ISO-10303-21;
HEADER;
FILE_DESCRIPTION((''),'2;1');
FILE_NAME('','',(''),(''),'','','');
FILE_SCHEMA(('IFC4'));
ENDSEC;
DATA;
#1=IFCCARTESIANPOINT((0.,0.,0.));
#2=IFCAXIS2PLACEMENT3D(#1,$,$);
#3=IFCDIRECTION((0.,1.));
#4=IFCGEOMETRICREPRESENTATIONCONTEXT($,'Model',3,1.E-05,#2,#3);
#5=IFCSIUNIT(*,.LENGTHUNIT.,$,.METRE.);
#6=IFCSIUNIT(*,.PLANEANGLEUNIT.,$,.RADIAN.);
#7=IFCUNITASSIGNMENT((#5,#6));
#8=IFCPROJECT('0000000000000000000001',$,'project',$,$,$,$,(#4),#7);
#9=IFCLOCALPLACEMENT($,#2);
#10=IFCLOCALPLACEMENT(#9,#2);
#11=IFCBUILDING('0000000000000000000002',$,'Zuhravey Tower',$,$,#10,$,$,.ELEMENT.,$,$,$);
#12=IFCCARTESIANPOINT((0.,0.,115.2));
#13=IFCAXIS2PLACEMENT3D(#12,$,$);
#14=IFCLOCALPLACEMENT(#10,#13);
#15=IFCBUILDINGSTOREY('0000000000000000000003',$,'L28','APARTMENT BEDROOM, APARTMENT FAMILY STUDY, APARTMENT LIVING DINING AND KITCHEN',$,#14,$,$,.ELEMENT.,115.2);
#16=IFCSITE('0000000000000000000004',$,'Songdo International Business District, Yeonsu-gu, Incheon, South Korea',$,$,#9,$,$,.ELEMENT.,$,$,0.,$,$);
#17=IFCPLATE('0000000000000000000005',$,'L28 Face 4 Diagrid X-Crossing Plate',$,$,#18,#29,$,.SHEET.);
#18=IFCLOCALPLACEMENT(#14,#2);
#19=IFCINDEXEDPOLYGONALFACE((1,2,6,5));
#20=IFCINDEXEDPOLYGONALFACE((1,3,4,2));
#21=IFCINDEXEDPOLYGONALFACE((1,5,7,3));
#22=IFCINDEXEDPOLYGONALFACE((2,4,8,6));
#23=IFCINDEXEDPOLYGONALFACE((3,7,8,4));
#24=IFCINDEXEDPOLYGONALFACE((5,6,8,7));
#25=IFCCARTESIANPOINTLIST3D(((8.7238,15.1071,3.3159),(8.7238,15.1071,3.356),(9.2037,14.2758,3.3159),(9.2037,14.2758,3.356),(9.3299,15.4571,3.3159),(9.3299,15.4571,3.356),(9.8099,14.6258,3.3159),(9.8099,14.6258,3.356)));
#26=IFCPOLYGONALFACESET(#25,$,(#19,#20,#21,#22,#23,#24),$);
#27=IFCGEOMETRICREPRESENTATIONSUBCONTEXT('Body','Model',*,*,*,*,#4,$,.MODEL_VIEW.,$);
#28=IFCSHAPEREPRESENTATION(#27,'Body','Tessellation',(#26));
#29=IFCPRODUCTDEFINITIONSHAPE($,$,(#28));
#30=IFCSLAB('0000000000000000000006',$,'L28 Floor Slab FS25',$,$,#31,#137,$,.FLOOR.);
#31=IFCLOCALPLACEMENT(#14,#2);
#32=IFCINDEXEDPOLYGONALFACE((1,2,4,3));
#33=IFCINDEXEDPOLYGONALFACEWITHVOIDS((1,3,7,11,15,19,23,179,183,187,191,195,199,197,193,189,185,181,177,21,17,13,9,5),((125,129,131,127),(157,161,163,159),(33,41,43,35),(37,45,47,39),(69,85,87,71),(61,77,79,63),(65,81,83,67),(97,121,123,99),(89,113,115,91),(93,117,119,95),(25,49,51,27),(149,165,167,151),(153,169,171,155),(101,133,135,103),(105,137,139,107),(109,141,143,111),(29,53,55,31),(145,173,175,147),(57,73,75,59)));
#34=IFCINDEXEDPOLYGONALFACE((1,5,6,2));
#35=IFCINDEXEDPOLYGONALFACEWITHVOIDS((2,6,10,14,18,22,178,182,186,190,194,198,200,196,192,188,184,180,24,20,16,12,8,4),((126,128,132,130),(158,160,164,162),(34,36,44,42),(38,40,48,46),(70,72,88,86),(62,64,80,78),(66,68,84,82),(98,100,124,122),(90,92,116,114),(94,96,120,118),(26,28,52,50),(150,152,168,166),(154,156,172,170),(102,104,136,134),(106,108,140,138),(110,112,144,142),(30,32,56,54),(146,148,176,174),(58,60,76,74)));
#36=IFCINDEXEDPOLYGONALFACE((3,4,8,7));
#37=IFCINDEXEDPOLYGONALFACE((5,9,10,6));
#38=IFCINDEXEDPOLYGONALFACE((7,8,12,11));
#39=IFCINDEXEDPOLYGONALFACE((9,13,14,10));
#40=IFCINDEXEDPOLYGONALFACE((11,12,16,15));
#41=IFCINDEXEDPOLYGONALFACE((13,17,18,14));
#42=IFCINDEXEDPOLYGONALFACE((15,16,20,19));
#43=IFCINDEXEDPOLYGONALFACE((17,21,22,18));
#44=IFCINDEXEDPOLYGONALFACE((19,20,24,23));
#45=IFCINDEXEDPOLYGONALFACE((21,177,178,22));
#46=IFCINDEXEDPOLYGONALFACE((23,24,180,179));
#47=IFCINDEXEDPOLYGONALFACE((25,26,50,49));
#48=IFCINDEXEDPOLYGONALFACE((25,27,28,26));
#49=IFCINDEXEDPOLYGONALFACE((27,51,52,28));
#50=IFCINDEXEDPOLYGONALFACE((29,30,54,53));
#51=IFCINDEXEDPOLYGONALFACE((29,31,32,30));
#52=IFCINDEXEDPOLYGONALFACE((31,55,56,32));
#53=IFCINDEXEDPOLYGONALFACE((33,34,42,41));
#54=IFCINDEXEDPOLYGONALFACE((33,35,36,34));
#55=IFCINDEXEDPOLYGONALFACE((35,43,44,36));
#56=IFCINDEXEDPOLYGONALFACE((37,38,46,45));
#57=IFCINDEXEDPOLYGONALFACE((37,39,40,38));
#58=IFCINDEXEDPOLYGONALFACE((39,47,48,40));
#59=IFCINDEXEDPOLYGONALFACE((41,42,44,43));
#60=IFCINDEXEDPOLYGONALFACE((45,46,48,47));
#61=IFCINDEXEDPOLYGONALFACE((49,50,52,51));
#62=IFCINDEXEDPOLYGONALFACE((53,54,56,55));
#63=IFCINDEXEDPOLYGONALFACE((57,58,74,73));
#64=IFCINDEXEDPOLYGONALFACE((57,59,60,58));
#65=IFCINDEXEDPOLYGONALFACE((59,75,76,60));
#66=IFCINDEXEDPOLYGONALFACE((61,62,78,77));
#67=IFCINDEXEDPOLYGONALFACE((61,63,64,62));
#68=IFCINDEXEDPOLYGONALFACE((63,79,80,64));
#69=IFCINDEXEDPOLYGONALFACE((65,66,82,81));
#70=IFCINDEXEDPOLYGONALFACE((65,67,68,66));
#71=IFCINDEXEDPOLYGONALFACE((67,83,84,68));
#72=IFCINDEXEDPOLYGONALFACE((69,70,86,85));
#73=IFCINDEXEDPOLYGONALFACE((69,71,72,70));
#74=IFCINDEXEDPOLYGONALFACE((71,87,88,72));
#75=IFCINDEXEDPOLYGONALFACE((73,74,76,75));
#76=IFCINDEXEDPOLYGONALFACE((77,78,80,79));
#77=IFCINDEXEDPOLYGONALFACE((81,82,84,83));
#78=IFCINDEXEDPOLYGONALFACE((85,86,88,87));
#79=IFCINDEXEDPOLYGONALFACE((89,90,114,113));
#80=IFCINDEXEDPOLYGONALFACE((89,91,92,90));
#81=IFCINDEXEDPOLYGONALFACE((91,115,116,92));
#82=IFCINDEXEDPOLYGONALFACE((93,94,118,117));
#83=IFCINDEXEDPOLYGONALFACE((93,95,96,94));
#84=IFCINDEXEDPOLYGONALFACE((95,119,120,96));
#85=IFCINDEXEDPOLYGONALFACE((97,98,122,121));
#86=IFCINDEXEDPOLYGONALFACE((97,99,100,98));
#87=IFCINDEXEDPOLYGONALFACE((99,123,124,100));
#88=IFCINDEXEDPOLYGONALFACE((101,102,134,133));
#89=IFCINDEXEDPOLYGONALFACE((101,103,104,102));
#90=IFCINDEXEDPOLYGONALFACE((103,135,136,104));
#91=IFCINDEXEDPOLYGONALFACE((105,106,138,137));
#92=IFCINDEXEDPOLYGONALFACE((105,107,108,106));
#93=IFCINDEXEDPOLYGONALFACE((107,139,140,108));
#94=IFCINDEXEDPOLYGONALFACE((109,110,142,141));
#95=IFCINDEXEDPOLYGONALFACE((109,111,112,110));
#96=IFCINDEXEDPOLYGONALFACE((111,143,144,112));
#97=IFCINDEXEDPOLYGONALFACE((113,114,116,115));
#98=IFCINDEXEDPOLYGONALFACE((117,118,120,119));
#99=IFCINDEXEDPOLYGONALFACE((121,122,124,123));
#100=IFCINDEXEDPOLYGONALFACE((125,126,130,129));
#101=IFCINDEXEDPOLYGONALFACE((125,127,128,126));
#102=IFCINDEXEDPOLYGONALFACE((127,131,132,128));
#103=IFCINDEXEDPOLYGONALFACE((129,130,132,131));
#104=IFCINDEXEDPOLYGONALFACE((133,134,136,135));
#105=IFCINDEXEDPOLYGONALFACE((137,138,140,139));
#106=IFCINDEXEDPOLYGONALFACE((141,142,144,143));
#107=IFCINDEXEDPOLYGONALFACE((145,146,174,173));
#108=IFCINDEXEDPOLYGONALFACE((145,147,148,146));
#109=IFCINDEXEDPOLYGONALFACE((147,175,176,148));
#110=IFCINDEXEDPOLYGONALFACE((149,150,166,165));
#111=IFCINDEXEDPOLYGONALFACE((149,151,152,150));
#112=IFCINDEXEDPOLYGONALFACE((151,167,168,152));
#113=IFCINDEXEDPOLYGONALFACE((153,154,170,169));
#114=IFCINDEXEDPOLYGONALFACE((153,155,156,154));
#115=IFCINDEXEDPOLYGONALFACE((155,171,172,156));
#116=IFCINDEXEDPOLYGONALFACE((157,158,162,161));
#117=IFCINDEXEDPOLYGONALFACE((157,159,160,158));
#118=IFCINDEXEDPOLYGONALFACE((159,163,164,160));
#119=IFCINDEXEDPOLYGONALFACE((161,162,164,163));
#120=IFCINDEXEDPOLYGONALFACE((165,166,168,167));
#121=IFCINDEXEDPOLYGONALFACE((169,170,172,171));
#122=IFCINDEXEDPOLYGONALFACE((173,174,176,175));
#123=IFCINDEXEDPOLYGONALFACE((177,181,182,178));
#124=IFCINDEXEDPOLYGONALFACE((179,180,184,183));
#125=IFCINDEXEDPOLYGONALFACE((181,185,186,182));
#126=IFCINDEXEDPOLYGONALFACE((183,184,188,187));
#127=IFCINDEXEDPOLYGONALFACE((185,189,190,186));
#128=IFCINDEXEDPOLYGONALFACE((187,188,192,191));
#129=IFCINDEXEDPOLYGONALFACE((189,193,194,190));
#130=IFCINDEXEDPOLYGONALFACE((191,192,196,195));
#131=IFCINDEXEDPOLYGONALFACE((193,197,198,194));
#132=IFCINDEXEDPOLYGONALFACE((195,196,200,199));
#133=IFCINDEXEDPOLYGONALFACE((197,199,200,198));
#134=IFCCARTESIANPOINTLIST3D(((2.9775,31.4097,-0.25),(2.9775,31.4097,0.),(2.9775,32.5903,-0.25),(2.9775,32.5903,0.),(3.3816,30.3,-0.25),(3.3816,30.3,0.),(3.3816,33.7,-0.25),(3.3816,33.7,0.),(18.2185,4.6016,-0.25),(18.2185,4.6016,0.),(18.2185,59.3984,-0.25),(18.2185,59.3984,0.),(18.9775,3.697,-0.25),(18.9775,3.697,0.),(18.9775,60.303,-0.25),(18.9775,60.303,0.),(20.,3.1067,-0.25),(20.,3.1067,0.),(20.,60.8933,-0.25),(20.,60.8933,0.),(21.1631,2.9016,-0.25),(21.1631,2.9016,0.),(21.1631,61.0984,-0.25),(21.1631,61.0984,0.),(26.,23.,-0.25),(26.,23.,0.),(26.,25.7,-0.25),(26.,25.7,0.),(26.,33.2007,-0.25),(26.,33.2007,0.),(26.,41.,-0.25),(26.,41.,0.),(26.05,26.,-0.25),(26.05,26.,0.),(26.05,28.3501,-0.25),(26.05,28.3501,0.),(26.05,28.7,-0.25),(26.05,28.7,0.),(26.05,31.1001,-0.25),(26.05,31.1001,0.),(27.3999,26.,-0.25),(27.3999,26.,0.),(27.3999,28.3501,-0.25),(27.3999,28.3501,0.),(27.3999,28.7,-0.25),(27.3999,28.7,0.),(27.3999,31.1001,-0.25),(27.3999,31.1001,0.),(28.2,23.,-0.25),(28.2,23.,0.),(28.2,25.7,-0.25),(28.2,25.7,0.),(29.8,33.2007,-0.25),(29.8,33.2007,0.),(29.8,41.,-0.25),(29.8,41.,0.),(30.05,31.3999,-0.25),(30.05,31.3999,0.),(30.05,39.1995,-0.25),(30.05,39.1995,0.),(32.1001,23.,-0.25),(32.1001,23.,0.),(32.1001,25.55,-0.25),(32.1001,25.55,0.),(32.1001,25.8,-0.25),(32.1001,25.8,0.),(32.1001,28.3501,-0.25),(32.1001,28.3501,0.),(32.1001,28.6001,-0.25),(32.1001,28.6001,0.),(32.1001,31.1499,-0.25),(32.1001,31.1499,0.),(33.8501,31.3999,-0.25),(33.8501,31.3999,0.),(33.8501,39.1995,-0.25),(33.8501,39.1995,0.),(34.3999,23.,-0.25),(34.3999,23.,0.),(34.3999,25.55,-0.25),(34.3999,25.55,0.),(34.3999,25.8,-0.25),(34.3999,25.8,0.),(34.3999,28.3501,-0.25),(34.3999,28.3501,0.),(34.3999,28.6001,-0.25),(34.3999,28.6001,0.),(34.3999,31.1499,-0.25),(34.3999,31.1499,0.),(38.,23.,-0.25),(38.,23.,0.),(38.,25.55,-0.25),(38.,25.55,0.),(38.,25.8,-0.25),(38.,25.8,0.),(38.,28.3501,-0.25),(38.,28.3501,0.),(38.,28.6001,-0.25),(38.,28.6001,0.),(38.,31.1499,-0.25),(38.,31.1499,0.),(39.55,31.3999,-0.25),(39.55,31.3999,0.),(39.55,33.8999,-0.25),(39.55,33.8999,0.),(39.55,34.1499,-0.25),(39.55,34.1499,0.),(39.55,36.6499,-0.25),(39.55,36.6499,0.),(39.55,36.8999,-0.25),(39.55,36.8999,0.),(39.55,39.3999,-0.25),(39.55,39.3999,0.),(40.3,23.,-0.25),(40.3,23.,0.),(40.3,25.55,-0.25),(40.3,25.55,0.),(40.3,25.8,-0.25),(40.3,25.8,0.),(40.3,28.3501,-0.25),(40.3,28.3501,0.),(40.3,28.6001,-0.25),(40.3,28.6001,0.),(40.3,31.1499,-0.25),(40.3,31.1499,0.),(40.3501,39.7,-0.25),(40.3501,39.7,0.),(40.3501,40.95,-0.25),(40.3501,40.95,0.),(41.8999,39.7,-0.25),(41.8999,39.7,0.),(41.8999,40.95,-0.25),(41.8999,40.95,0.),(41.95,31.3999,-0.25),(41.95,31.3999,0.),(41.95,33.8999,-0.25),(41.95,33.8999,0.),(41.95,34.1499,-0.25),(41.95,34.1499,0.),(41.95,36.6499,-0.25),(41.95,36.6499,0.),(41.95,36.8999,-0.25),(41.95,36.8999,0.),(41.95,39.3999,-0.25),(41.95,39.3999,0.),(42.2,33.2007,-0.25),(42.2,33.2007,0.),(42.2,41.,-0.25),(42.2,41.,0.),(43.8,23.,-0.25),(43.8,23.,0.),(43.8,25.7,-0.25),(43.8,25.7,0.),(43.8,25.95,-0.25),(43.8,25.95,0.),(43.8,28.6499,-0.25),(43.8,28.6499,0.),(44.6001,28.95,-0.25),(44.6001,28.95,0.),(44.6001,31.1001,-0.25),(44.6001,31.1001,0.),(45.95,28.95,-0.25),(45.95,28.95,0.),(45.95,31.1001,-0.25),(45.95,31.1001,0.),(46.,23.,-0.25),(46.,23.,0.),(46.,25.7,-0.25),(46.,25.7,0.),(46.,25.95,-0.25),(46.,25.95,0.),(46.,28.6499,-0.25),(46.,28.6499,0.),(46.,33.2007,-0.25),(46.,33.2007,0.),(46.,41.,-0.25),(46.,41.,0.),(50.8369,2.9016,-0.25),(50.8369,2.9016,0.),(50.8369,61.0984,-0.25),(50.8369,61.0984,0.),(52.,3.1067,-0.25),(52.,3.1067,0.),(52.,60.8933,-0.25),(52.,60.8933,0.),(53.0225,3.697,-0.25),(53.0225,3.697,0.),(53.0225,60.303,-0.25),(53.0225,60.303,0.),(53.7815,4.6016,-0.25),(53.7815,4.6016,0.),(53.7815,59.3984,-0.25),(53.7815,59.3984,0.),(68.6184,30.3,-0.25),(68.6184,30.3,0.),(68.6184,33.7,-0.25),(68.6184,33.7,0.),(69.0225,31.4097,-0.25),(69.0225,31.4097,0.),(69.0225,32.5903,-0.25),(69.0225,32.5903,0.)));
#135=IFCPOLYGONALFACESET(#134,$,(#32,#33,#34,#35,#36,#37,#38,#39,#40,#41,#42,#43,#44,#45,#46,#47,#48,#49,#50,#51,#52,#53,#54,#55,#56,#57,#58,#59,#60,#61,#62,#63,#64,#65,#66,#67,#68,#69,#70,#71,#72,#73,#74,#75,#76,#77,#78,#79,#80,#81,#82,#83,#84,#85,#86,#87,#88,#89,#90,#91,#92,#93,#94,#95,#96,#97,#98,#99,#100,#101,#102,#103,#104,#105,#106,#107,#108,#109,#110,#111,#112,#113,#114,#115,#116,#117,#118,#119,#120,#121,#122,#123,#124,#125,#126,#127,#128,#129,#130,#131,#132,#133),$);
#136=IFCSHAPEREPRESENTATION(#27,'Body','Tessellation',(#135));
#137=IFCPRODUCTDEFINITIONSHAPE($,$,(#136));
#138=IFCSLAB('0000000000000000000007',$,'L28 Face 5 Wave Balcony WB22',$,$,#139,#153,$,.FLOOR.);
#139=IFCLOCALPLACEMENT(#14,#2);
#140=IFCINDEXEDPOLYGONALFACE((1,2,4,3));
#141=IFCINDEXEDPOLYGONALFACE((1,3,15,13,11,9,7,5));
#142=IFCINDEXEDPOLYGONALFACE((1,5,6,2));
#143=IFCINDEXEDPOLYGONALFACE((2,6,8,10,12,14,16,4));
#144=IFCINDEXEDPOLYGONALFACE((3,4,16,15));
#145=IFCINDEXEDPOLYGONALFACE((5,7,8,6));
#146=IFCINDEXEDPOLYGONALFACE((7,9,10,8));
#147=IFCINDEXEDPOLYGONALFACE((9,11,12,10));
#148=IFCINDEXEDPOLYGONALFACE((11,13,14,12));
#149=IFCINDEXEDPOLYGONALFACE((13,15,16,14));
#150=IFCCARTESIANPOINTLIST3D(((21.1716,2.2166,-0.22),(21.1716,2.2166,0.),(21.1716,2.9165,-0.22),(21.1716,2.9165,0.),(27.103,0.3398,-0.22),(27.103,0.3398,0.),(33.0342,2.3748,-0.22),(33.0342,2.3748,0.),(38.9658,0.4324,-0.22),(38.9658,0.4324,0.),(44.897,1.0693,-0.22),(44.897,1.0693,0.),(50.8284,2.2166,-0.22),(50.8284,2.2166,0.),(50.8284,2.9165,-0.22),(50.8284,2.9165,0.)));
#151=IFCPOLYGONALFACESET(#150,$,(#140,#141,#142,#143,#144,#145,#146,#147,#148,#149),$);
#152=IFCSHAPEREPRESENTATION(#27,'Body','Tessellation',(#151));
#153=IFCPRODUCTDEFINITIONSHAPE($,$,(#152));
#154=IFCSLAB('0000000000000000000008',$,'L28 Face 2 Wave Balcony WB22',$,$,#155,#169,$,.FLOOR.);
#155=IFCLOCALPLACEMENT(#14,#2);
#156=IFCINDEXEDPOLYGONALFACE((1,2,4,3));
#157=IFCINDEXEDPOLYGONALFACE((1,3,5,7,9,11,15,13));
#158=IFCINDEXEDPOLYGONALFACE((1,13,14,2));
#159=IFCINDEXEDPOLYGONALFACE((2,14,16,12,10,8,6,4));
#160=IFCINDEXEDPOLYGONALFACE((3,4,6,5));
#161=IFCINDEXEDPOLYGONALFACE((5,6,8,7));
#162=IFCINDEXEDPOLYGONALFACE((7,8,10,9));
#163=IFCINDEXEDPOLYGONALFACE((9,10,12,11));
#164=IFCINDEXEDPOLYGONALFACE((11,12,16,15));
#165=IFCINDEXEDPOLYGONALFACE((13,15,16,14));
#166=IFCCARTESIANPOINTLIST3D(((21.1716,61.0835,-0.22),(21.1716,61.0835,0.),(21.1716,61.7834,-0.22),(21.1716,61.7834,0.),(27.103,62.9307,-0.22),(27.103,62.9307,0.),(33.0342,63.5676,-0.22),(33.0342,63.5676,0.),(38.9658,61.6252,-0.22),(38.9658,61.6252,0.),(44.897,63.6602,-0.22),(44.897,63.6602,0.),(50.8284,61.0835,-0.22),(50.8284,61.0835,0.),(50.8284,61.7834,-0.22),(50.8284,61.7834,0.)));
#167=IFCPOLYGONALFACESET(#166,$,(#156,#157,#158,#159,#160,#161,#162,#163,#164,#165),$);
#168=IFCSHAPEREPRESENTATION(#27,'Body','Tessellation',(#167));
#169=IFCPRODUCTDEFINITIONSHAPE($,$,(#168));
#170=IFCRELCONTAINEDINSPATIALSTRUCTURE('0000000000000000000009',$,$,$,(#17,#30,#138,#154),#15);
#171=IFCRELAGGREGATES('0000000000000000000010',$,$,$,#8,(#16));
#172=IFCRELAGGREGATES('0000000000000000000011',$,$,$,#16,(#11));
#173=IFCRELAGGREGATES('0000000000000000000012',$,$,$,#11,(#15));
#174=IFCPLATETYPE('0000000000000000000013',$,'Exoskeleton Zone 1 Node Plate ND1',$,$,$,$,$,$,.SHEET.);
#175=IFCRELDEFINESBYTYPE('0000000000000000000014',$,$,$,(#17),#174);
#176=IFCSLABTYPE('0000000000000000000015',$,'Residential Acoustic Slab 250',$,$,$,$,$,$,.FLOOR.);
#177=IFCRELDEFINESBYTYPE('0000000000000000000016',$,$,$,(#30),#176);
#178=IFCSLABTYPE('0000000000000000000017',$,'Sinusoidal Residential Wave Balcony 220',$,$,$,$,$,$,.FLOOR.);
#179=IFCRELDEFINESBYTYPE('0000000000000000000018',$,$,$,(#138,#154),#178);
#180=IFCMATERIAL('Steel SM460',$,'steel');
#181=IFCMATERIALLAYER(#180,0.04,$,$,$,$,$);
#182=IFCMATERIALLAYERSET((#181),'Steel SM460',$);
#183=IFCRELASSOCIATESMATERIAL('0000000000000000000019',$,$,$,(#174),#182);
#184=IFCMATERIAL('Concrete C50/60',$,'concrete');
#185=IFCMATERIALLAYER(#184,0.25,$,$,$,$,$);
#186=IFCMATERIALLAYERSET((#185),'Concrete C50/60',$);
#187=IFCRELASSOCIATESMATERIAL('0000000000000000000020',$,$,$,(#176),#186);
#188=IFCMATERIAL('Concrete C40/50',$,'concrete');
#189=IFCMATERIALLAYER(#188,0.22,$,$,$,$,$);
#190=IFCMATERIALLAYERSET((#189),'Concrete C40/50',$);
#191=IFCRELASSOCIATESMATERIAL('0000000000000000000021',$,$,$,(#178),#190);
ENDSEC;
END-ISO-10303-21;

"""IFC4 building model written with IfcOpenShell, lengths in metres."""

from ifc_helpers import new_model, si_unit, direction, frame, origin, origin_2d, place, context, subcontext, project, spatial, polyline, rectangle, outline, extrude, material, layer, layer_set, type_object, element, save


model = new_model("IFC4")

# Units and contexts
model_context = context("Model", 3, precision=1e-05, world=origin(), true_north=direction((0.0, 1.0)))
body_context = subcontext(model_context, "Body", "Model", "MODEL_VIEW")
ifc_project = project(units=[si_unit("LENGTHUNIT", "METRE"), si_unit("PLANEANGLEUNIT", "RADIAN")], contexts=[model_context])

# Site, building, storey
site_placement = place(None, origin())
site = spatial("IfcSite", under=ifc_project, at=site_placement, Name="Songdo International Business District, Yeonsu-gu, Incheon, South Korea", CompositionType="ELEMENT", RefElevation=0.0)
building_placement = place(site_placement, origin())
building = spatial("IfcBuilding", under=site, at=building_placement, Name="Zuhravey Tower", CompositionType="ELEMENT")
storey_placement = place(building_placement, frame((0.0, 0.0, 115.2)))
storey = spatial("IfcBuildingStorey", under=building, at=storey_placement, Name="L28", Description="APARTMENT BEDROOM, APARTMENT FAMILY STUDY, APARTMENT LIVING DINING AND KITCHEN", CompositionType="ELEMENT", Elevation=115.2)

# Shared definitions
ifc_material_1 = material(Name="Steel SM460", Category="steel")

# Plate
ifc_layer_1 = layer(ifc_material_1, 0.04)
ifc_layer_set_1 = layer_set([ifc_layer_1], Name="Steel SM460")
plate_type_1 = type_object("IfcPlateType", Name="Exoskeleton Zone 1 Node Plate ND1", PredefinedType="SHEET", material=ifc_layer_set_1)
for number, where, z_axis, x_axis, name in (
    (1, (9.2668, 14.8665, 3.3159), (0.0, 0.0, 1.0), (0.5, -0.866025, 0.0), "L28 Face 4 Diagrid X-Crossing Plate"),
):
    element("IfcPlate", number, at=place(storey_placement, frame(where, z_axis=z_axis, x_axis=x_axis)), inside=storey, type_object=plate_type_1, Name=name, PredefinedType="SHEET", context=body_context, shape_type="SweptSolid", body=[
        extrude(rectangle(XDim=0.96, YDim=0.7, at=origin_2d()), origin(), (0.0, 0.0, 1.0), 0.04),
    ])

# Slabs
ifc_material_2 = material(Name="Concrete C50/60", Category="concrete")
ifc_layer_2 = layer(ifc_material_2, 0.25)
ifc_layer_set_2 = layer_set([ifc_layer_2], Name="Concrete C50/60")
slab_type_1 = type_object("IfcSlabType", Name="Residential Acoustic Slab 250", PredefinedType="FLOOR", material=ifc_layer_set_2)
slab_1_placement = place(storey_placement, frame((0.0, 0.0, -0.25)))
element("IfcSlab", 2, at=slab_1_placement, inside=storey, type_object=slab_type_1, Name="L28 Floor Slab FS25", PredefinedType="FLOOR", context=body_context, shape_type="SweptSolid", body=[
    extrude(outline(polyline([(68.6184, 30.3), (69.0225, 31.4097), (69.0225, 32.5903), (68.6184, 33.7), (53.7815, 59.3984), (53.0225, 60.303), (52.0, 60.8933), (50.8369, 61.0984), (21.1631, 61.0984), (20.0, 60.8933), (18.9775, 60.303), (18.2185, 59.3984), (3.3816, 33.7), (2.9775, 32.5903), (2.9775, 31.4097), (3.3816, 30.3), (18.2185, 4.6016), (18.9775, 3.697), (20.0, 3.1067), (21.1631, 2.9016), (50.8369, 2.9016), (52.0, 3.1067), (53.0225, 3.697), (53.7815, 4.6016), (68.6184, 30.3)]), holes=[polyline([(29.8, 33.2007), (29.8, 41.0), (26.0, 41.0), (26.0, 33.2007), (29.8, 33.2007)]), polyline([(46.0, 33.2007), (46.0, 41.0), (42.2, 41.0), (42.2, 33.2007), (46.0, 33.2007)]), polyline([(30.05, 39.1995), (30.05, 31.3999), (33.8501, 31.3999), (33.8501, 39.1995), (30.05, 39.1995)]), polyline([(32.1001, 23.0), (34.3999, 23.0), (34.3999, 25.55), (32.1001, 25.55), (32.1001, 23.0)]), polyline([(32.1001, 25.8), (34.3999, 25.8), (34.3999, 28.3501), (32.1001, 28.3501), (32.1001, 25.8)]), polyline([(32.1001, 28.6001), (34.3999, 28.6001), (34.3999, 31.1499), (32.1001, 31.1499), (32.1001, 28.6001)]), polyline([(38.0, 23.0), (40.3, 23.0), (40.3, 25.55), (38.0, 25.55), (38.0, 23.0)]), polyline([(38.0, 25.8), (40.3, 25.8), (40.3, 28.3501), (38.0, 28.3501), (38.0, 25.8)]), polyline([(38.0, 28.6001), (40.3, 28.6001), (40.3, 31.1499), (38.0, 31.1499), (38.0, 28.6001)]), polyline([(39.55, 31.3999), (41.95, 31.3999), (41.95, 33.8999), (39.55, 33.8999), (39.55, 31.3999)]), polyline([(39.55, 34.1499), (41.95, 34.1499), (41.95, 36.6499), (39.55, 36.6499), (39.55, 34.1499)]), polyline([(39.55, 36.8999), (41.95, 36.8999), (41.95, 39.3999), (39.55, 39.3999), (39.55, 36.8999)]), polyline([(26.0, 23.0), (28.2, 23.0), (28.2, 25.7), (26.0, 25.7), (26.0, 23.0)]), polyline([(43.8, 23.0), (46.0, 23.0), (46.0, 25.7), (43.8, 25.7), (43.8, 23.0)]), polyline([(43.8, 25.95), (46.0, 25.95), (46.0, 28.6499), (43.8, 28.6499), (43.8, 25.95)]), polyline([(26.05, 26.0), (27.3999, 26.0), (27.3999, 28.3501), (26.05, 28.3501), (26.05, 26.0)]), polyline([(26.05, 28.7), (27.3999, 28.7), (27.3999, 31.1001), (26.05, 31.1001), (26.05, 28.7)]), polyline([(44.6001, 28.95), (45.95, 28.95), (45.95, 31.1001), (44.6001, 31.1001), (44.6001, 28.95)]), polyline([(40.3501, 39.7), (41.8999, 39.7), (41.8999, 40.95), (40.3501, 40.95), (40.3501, 39.7)])]), origin(), (0.0, 0.0, 1.0), 0.25),
])
ifc_material_3 = material(Name="Concrete C40/50", Category="concrete")
ifc_layer_3 = layer(ifc_material_3, 0.22)
ifc_layer_set_3 = layer_set([ifc_layer_3], Name="Concrete C40/50")
slab_type_2 = type_object("IfcSlabType", Name="Sinusoidal Residential Wave Balcony 220", PredefinedType="FLOOR", material=ifc_layer_set_3)
slab_2_placement = place(storey_placement, frame((0.0, 0.0, -0.22)))
element("IfcSlab", 3, at=slab_2_placement, inside=storey, type_object=slab_type_2, Name="L28 Face 5 Wave Balcony WB22", PredefinedType="FLOOR", context=body_context, shape_type="SweptSolid", body=[
    extrude(outline(polyline([(21.1716, 2.9165), (50.8284, 2.9165), (50.8284, 2.2166), (44.897, 1.0693), (38.9658, 0.4324), (33.0342, 2.3748), (27.103, 0.3398), (21.1716, 2.2166), (21.1716, 2.9165)])), origin(), (0.0, 0.0, 1.0), 0.22),
])
slab_3_placement = place(storey_placement, frame((0.0, 0.0, -0.22)))
element("IfcSlab", 4, at=slab_3_placement, inside=storey, type_object=slab_type_2, Name="L28 Face 2 Wave Balcony WB22", PredefinedType="FLOOR", context=body_context, shape_type="SweptSolid", body=[
    extrude(outline(polyline([(50.8284, 61.0835), (21.1716, 61.0835), (21.1716, 61.7834), (27.103, 62.9307), (33.0342, 63.5676), (38.9658, 61.6252), (44.897, 63.6602), (50.8284, 61.7834), (50.8284, 61.0835)])), origin(), (0.0, 0.0, 1.0), 0.22),
])

save(model, "model.ifc")
